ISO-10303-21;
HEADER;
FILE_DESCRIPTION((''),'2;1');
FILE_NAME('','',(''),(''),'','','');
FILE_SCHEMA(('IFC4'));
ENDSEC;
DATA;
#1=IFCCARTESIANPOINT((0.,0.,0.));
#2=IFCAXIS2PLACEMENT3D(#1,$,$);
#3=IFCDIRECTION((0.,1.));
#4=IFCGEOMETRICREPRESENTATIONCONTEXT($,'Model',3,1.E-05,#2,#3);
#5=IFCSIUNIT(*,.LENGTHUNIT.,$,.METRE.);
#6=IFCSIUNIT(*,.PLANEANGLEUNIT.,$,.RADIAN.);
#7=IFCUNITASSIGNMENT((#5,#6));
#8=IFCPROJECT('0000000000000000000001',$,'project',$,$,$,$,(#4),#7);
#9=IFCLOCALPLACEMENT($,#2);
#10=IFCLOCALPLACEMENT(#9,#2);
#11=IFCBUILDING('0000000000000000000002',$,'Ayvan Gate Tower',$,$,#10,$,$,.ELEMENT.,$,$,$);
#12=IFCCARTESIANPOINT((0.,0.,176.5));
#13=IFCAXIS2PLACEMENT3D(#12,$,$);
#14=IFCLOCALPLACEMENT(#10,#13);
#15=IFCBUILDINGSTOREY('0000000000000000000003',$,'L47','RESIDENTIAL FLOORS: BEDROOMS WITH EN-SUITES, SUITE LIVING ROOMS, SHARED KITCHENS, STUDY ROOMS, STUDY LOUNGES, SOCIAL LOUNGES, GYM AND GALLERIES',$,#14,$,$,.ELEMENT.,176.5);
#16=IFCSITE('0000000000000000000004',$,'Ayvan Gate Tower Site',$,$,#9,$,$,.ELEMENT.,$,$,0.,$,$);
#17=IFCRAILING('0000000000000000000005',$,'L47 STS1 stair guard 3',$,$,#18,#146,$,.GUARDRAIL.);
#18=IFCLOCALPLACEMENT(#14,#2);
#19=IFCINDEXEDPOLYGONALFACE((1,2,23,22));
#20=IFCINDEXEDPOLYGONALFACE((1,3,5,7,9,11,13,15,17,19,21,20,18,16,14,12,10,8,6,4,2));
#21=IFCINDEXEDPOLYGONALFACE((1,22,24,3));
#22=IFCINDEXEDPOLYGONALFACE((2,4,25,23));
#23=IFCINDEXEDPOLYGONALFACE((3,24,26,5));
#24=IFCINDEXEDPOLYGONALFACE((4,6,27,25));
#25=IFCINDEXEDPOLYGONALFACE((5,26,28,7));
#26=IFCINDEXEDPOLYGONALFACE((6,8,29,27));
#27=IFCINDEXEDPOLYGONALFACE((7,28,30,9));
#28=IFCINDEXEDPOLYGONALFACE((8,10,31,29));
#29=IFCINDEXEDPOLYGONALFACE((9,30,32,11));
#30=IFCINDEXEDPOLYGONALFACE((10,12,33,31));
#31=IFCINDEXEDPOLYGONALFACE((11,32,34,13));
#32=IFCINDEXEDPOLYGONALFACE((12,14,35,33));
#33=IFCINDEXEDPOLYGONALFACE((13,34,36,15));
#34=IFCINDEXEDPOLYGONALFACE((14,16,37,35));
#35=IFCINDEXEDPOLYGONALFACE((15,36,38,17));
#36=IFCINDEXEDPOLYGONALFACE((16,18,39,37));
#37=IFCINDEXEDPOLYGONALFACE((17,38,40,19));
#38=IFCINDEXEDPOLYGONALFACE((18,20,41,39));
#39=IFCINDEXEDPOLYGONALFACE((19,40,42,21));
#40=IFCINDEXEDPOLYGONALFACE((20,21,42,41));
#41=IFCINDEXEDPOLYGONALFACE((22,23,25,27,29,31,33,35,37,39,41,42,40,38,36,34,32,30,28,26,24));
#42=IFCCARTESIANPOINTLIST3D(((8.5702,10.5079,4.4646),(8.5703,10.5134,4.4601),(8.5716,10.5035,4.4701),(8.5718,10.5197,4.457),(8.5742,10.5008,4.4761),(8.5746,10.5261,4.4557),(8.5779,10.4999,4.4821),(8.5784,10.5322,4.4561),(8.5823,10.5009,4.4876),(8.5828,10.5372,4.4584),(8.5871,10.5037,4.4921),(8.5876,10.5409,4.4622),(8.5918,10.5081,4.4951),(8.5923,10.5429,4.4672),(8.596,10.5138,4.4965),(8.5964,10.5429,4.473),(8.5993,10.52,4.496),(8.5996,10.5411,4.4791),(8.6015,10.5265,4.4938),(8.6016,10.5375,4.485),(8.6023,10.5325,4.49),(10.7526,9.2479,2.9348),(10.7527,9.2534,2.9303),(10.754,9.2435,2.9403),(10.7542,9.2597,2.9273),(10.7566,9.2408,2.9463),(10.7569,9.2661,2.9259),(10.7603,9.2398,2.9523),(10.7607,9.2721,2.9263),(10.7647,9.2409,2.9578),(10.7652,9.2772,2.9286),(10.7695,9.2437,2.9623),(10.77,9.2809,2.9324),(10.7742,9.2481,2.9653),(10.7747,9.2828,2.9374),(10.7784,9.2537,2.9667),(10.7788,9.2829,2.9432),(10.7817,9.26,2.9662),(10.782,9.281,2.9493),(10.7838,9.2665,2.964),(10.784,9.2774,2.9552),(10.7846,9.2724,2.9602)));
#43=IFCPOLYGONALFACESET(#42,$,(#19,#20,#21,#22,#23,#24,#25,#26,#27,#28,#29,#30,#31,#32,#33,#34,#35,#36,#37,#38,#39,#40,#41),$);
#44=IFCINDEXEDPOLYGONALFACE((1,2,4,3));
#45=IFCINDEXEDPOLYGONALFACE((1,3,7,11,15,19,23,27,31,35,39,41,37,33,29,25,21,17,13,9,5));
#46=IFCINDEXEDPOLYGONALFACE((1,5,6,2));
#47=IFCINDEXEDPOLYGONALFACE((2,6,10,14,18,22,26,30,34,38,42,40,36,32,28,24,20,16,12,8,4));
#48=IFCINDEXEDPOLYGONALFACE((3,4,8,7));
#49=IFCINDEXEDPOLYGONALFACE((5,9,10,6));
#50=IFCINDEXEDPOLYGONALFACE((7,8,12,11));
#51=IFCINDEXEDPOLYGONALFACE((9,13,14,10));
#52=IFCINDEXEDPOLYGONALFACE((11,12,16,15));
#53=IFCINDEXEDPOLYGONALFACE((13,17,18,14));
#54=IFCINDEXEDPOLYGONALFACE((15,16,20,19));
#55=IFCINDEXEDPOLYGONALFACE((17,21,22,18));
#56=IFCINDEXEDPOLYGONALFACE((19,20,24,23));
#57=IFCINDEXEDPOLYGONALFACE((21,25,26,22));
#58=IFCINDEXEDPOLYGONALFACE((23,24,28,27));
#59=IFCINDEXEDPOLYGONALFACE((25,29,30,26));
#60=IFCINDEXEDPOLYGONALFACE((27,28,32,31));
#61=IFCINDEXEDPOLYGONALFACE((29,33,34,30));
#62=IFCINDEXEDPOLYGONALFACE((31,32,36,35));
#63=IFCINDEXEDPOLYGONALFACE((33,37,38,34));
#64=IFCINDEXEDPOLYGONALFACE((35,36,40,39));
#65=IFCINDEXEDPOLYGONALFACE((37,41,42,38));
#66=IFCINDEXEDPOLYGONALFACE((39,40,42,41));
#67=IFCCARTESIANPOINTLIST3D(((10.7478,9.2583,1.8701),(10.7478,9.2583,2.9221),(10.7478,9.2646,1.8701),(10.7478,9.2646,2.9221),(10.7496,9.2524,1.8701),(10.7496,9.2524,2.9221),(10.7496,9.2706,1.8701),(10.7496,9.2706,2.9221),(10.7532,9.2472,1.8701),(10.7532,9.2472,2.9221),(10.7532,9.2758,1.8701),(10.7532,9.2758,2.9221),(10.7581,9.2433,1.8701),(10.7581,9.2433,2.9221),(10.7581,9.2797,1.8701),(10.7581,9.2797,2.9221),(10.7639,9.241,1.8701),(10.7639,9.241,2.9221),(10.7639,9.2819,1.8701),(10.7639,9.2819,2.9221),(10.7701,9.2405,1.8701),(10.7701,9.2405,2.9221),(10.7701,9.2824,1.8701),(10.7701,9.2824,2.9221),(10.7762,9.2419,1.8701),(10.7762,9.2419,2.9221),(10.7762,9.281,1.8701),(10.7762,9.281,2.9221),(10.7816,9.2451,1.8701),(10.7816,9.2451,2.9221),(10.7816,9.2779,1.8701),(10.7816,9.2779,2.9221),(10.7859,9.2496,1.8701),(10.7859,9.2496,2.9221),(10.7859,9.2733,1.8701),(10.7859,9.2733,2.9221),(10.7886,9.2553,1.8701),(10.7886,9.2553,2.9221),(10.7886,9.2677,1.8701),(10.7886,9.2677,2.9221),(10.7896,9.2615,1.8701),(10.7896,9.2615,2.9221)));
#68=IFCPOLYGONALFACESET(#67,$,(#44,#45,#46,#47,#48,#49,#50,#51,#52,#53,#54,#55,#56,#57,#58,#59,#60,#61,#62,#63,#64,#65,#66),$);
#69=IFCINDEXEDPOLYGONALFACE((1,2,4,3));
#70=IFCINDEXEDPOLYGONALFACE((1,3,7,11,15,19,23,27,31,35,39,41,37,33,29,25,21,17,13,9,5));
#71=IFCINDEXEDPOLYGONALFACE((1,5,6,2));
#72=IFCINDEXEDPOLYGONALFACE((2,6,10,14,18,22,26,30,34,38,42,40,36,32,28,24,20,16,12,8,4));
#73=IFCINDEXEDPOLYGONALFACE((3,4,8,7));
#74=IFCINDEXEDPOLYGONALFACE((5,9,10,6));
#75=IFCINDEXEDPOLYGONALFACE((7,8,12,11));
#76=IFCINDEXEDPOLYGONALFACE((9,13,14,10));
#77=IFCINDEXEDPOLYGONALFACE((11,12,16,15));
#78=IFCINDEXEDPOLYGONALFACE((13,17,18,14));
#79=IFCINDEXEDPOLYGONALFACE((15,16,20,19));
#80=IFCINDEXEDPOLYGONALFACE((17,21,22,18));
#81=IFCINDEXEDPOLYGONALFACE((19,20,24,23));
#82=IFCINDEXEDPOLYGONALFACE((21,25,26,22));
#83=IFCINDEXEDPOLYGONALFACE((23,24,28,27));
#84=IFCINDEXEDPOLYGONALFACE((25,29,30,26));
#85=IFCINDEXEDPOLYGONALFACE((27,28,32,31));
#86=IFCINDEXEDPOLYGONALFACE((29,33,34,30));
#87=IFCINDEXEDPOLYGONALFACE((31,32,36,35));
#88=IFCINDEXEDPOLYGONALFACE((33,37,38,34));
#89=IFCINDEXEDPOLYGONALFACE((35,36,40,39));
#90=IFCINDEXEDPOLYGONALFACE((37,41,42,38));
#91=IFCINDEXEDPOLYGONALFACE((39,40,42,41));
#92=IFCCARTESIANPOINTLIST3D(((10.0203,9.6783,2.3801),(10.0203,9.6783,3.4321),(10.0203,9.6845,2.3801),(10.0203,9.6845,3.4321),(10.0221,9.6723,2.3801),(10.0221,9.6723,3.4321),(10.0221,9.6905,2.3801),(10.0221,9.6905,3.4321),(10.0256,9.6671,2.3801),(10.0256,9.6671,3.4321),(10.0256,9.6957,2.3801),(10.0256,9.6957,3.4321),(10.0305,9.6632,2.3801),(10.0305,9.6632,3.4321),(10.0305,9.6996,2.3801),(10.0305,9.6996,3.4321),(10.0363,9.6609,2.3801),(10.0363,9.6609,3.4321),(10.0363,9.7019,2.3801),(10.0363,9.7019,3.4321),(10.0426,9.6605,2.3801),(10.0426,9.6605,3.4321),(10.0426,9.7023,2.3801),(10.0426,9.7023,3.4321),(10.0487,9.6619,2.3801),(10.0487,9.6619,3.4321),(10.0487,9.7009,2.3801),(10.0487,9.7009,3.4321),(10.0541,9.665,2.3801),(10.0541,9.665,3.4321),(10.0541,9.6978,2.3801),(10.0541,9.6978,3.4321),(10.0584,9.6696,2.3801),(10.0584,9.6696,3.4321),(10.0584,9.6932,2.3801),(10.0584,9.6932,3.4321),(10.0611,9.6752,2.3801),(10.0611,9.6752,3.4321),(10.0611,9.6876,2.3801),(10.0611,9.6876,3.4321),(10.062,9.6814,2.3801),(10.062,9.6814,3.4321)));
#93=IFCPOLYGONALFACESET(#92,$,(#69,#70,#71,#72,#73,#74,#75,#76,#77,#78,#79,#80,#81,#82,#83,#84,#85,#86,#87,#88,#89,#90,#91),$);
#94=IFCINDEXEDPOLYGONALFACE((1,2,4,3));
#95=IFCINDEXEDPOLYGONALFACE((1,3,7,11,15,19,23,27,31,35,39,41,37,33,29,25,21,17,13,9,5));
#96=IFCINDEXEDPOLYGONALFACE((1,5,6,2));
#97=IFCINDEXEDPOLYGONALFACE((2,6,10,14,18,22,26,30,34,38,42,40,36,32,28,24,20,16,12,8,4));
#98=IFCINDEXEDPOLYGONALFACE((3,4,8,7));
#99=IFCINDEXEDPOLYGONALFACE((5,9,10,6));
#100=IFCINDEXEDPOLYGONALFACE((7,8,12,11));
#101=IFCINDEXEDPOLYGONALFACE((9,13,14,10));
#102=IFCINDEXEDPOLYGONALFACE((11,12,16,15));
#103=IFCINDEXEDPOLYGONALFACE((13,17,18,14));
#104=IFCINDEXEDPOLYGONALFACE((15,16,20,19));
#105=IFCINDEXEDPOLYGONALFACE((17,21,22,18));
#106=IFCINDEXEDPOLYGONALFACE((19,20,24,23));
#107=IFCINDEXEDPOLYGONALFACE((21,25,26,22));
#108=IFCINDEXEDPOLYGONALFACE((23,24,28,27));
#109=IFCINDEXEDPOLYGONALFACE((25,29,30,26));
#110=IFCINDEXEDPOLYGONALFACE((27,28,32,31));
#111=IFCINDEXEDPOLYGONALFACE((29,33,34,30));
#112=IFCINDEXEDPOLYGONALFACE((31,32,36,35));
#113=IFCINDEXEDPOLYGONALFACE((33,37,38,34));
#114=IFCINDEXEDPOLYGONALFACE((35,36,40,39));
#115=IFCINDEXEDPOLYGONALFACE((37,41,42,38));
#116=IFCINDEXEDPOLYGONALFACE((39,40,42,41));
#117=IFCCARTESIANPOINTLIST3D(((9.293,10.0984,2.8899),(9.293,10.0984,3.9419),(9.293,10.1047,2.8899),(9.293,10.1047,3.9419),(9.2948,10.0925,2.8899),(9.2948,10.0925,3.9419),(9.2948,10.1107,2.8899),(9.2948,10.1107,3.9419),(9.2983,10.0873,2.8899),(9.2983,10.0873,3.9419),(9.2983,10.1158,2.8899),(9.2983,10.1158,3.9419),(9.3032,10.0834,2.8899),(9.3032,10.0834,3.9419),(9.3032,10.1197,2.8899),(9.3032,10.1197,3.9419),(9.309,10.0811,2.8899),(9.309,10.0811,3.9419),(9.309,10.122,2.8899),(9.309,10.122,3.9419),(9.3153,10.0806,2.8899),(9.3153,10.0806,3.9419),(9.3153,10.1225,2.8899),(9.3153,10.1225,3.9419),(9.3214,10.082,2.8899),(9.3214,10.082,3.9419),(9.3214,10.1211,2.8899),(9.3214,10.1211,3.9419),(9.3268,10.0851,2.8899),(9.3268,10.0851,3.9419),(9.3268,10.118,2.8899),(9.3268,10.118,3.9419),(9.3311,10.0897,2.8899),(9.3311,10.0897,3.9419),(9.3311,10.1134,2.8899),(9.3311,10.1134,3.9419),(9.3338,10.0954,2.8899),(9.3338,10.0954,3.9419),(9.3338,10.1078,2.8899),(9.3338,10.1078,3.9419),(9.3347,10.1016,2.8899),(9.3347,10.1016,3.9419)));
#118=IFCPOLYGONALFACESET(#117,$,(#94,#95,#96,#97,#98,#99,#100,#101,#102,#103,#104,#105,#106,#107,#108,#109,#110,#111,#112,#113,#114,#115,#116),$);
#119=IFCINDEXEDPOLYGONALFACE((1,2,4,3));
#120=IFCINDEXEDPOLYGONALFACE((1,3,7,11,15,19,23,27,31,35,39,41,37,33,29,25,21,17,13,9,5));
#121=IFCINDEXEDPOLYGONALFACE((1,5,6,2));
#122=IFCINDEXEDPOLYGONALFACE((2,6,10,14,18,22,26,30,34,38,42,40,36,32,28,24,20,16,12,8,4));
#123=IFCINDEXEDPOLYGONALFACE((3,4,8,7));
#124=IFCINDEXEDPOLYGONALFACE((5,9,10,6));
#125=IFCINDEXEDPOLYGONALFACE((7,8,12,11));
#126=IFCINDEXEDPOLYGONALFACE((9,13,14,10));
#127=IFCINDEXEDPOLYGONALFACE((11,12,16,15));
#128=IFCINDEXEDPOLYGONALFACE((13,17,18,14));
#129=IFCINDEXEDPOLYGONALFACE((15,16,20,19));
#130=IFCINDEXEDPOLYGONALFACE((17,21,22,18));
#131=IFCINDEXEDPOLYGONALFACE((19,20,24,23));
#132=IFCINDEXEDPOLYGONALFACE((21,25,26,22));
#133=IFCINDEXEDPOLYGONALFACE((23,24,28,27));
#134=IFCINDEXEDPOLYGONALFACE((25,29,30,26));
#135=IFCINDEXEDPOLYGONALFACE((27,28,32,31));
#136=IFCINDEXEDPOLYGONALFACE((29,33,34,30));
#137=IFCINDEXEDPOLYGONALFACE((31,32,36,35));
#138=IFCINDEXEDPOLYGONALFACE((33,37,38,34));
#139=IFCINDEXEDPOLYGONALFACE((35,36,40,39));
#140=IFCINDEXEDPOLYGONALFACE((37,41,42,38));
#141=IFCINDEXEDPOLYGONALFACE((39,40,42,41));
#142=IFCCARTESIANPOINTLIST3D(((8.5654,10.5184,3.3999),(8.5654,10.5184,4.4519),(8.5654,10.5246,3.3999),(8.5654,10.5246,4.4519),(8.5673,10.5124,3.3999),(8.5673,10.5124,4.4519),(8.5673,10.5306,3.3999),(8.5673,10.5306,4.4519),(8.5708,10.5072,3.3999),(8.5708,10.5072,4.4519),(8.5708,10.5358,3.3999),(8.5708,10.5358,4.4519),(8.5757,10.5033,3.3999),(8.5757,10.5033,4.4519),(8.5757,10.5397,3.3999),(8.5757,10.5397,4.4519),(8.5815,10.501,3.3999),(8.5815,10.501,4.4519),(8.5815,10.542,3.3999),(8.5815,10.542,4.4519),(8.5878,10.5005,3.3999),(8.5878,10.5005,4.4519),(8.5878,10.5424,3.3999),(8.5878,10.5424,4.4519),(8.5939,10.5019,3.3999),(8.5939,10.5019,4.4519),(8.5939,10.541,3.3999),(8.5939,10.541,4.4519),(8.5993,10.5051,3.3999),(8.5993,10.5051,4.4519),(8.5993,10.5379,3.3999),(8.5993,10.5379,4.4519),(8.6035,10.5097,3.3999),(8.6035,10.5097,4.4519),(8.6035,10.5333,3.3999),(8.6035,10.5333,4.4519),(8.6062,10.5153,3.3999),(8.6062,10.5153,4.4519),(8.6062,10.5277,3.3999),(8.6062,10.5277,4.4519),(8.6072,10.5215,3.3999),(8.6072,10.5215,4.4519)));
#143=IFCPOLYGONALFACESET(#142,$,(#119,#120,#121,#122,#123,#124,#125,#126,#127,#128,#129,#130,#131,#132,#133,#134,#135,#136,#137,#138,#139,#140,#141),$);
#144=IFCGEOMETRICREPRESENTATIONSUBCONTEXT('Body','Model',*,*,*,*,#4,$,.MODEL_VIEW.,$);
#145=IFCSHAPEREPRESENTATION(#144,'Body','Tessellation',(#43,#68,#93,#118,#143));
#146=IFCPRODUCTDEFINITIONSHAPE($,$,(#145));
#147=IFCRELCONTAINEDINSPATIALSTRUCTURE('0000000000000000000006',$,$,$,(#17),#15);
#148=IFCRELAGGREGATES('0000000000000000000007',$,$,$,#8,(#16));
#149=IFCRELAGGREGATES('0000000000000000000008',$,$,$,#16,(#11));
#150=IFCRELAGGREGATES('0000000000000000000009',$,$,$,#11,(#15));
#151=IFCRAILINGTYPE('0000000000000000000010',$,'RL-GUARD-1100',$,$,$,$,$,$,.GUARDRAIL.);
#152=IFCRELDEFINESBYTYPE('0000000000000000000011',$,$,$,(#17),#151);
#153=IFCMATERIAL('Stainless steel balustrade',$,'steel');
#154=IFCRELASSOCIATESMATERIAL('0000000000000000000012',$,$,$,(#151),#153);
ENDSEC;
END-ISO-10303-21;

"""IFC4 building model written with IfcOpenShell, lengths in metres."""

from ifc_helpers import new_model, si_unit, direction, frame, origin, origin_2d, place, context, subcontext, project, spatial, circle, extrude, material, type_object, element, save


model = new_model("IFC4")

# Units and contexts
model_context = context("Model", 3, precision=1e-05, world=origin(), true_north=direction((0.0, 1.0)))
body_context = subcontext(model_context, "Body", "Model", "MODEL_VIEW")
ifc_project = project(units=[si_unit("LENGTHUNIT", "METRE"), si_unit("PLANEANGLEUNIT", "RADIAN")], contexts=[model_context])

# Site, building, storey
site_placement = place(None, origin())
site = spatial("IfcSite", under=ifc_project, at=site_placement, Name="Ayvan Gate Tower Site", CompositionType="ELEMENT", RefElevation=0.0)
building_placement = place(site_placement, origin())
building = spatial("IfcBuilding", under=site, at=building_placement, Name="Ayvan Gate Tower", CompositionType="ELEMENT")
storey_placement = place(building_placement, frame((0.0, 0.0, 176.5)))
storey = spatial("IfcBuildingStorey", under=building, at=storey_placement, Name="L47", Description="RESIDENTIAL FLOORS: BEDROOMS WITH EN-SUITES, SUITE LIVING ROOMS, SHARED KITCHENS, STUDY ROOMS, STUDY LOUNGES, SOCIAL LOUNGES, GYM AND GALLERIES", CompositionType="ELEMENT", Elevation=176.5)

# Railing
ifc_material_1 = material(Name="Stainless steel balustrade", Category="steel")
railing_type_1 = type_object("IfcRailingType", Name="RL-GUARD-1100", PredefinedType="GUARDRAIL", material=ifc_material_1)
railing_1_placement = place(storey_placement, frame((10.7686, 9.2615, 1.8701)))
element("IfcRailing", 1, at=railing_1_placement, inside=storey, type_object=railing_type_1, Name="L47 STS1 stair guard 3", PredefinedType="GUARDRAIL", context=body_context, shape_type="SweptSolid", body=[
    extrude(circle(Radius=0.0239, at=origin_2d()), frame((0.0, 0.0, 1.0762), z_axis=(-0.740293, 0.427414, 0.518926), x_axis=(-0.500005, -0.866023, 0.0)), (0.0, 0.0, 1.0), 2.948),
    extrude(circle(Radius=0.021, at=origin_2d()), origin(), (0.0, 0.0, 1.0), 1.052),
    extrude(circle(Radius=0.021, at=origin_2d()), frame((-0.7275, 0.4199, 0.51)), (0.0, 0.0, 1.0), 1.052),
    extrude(circle(Radius=0.021, at=origin_2d()), frame((-1.4548, 0.8401, 1.0198)), (0.0, 0.0, 1.0), 1.052),
    extrude(circle(Radius=0.021, at=origin_2d()), frame((-2.1824, 1.26, 1.5298)), (0.0, 0.0, 1.0), 1.052),
])

save(model, "model.ifc")
